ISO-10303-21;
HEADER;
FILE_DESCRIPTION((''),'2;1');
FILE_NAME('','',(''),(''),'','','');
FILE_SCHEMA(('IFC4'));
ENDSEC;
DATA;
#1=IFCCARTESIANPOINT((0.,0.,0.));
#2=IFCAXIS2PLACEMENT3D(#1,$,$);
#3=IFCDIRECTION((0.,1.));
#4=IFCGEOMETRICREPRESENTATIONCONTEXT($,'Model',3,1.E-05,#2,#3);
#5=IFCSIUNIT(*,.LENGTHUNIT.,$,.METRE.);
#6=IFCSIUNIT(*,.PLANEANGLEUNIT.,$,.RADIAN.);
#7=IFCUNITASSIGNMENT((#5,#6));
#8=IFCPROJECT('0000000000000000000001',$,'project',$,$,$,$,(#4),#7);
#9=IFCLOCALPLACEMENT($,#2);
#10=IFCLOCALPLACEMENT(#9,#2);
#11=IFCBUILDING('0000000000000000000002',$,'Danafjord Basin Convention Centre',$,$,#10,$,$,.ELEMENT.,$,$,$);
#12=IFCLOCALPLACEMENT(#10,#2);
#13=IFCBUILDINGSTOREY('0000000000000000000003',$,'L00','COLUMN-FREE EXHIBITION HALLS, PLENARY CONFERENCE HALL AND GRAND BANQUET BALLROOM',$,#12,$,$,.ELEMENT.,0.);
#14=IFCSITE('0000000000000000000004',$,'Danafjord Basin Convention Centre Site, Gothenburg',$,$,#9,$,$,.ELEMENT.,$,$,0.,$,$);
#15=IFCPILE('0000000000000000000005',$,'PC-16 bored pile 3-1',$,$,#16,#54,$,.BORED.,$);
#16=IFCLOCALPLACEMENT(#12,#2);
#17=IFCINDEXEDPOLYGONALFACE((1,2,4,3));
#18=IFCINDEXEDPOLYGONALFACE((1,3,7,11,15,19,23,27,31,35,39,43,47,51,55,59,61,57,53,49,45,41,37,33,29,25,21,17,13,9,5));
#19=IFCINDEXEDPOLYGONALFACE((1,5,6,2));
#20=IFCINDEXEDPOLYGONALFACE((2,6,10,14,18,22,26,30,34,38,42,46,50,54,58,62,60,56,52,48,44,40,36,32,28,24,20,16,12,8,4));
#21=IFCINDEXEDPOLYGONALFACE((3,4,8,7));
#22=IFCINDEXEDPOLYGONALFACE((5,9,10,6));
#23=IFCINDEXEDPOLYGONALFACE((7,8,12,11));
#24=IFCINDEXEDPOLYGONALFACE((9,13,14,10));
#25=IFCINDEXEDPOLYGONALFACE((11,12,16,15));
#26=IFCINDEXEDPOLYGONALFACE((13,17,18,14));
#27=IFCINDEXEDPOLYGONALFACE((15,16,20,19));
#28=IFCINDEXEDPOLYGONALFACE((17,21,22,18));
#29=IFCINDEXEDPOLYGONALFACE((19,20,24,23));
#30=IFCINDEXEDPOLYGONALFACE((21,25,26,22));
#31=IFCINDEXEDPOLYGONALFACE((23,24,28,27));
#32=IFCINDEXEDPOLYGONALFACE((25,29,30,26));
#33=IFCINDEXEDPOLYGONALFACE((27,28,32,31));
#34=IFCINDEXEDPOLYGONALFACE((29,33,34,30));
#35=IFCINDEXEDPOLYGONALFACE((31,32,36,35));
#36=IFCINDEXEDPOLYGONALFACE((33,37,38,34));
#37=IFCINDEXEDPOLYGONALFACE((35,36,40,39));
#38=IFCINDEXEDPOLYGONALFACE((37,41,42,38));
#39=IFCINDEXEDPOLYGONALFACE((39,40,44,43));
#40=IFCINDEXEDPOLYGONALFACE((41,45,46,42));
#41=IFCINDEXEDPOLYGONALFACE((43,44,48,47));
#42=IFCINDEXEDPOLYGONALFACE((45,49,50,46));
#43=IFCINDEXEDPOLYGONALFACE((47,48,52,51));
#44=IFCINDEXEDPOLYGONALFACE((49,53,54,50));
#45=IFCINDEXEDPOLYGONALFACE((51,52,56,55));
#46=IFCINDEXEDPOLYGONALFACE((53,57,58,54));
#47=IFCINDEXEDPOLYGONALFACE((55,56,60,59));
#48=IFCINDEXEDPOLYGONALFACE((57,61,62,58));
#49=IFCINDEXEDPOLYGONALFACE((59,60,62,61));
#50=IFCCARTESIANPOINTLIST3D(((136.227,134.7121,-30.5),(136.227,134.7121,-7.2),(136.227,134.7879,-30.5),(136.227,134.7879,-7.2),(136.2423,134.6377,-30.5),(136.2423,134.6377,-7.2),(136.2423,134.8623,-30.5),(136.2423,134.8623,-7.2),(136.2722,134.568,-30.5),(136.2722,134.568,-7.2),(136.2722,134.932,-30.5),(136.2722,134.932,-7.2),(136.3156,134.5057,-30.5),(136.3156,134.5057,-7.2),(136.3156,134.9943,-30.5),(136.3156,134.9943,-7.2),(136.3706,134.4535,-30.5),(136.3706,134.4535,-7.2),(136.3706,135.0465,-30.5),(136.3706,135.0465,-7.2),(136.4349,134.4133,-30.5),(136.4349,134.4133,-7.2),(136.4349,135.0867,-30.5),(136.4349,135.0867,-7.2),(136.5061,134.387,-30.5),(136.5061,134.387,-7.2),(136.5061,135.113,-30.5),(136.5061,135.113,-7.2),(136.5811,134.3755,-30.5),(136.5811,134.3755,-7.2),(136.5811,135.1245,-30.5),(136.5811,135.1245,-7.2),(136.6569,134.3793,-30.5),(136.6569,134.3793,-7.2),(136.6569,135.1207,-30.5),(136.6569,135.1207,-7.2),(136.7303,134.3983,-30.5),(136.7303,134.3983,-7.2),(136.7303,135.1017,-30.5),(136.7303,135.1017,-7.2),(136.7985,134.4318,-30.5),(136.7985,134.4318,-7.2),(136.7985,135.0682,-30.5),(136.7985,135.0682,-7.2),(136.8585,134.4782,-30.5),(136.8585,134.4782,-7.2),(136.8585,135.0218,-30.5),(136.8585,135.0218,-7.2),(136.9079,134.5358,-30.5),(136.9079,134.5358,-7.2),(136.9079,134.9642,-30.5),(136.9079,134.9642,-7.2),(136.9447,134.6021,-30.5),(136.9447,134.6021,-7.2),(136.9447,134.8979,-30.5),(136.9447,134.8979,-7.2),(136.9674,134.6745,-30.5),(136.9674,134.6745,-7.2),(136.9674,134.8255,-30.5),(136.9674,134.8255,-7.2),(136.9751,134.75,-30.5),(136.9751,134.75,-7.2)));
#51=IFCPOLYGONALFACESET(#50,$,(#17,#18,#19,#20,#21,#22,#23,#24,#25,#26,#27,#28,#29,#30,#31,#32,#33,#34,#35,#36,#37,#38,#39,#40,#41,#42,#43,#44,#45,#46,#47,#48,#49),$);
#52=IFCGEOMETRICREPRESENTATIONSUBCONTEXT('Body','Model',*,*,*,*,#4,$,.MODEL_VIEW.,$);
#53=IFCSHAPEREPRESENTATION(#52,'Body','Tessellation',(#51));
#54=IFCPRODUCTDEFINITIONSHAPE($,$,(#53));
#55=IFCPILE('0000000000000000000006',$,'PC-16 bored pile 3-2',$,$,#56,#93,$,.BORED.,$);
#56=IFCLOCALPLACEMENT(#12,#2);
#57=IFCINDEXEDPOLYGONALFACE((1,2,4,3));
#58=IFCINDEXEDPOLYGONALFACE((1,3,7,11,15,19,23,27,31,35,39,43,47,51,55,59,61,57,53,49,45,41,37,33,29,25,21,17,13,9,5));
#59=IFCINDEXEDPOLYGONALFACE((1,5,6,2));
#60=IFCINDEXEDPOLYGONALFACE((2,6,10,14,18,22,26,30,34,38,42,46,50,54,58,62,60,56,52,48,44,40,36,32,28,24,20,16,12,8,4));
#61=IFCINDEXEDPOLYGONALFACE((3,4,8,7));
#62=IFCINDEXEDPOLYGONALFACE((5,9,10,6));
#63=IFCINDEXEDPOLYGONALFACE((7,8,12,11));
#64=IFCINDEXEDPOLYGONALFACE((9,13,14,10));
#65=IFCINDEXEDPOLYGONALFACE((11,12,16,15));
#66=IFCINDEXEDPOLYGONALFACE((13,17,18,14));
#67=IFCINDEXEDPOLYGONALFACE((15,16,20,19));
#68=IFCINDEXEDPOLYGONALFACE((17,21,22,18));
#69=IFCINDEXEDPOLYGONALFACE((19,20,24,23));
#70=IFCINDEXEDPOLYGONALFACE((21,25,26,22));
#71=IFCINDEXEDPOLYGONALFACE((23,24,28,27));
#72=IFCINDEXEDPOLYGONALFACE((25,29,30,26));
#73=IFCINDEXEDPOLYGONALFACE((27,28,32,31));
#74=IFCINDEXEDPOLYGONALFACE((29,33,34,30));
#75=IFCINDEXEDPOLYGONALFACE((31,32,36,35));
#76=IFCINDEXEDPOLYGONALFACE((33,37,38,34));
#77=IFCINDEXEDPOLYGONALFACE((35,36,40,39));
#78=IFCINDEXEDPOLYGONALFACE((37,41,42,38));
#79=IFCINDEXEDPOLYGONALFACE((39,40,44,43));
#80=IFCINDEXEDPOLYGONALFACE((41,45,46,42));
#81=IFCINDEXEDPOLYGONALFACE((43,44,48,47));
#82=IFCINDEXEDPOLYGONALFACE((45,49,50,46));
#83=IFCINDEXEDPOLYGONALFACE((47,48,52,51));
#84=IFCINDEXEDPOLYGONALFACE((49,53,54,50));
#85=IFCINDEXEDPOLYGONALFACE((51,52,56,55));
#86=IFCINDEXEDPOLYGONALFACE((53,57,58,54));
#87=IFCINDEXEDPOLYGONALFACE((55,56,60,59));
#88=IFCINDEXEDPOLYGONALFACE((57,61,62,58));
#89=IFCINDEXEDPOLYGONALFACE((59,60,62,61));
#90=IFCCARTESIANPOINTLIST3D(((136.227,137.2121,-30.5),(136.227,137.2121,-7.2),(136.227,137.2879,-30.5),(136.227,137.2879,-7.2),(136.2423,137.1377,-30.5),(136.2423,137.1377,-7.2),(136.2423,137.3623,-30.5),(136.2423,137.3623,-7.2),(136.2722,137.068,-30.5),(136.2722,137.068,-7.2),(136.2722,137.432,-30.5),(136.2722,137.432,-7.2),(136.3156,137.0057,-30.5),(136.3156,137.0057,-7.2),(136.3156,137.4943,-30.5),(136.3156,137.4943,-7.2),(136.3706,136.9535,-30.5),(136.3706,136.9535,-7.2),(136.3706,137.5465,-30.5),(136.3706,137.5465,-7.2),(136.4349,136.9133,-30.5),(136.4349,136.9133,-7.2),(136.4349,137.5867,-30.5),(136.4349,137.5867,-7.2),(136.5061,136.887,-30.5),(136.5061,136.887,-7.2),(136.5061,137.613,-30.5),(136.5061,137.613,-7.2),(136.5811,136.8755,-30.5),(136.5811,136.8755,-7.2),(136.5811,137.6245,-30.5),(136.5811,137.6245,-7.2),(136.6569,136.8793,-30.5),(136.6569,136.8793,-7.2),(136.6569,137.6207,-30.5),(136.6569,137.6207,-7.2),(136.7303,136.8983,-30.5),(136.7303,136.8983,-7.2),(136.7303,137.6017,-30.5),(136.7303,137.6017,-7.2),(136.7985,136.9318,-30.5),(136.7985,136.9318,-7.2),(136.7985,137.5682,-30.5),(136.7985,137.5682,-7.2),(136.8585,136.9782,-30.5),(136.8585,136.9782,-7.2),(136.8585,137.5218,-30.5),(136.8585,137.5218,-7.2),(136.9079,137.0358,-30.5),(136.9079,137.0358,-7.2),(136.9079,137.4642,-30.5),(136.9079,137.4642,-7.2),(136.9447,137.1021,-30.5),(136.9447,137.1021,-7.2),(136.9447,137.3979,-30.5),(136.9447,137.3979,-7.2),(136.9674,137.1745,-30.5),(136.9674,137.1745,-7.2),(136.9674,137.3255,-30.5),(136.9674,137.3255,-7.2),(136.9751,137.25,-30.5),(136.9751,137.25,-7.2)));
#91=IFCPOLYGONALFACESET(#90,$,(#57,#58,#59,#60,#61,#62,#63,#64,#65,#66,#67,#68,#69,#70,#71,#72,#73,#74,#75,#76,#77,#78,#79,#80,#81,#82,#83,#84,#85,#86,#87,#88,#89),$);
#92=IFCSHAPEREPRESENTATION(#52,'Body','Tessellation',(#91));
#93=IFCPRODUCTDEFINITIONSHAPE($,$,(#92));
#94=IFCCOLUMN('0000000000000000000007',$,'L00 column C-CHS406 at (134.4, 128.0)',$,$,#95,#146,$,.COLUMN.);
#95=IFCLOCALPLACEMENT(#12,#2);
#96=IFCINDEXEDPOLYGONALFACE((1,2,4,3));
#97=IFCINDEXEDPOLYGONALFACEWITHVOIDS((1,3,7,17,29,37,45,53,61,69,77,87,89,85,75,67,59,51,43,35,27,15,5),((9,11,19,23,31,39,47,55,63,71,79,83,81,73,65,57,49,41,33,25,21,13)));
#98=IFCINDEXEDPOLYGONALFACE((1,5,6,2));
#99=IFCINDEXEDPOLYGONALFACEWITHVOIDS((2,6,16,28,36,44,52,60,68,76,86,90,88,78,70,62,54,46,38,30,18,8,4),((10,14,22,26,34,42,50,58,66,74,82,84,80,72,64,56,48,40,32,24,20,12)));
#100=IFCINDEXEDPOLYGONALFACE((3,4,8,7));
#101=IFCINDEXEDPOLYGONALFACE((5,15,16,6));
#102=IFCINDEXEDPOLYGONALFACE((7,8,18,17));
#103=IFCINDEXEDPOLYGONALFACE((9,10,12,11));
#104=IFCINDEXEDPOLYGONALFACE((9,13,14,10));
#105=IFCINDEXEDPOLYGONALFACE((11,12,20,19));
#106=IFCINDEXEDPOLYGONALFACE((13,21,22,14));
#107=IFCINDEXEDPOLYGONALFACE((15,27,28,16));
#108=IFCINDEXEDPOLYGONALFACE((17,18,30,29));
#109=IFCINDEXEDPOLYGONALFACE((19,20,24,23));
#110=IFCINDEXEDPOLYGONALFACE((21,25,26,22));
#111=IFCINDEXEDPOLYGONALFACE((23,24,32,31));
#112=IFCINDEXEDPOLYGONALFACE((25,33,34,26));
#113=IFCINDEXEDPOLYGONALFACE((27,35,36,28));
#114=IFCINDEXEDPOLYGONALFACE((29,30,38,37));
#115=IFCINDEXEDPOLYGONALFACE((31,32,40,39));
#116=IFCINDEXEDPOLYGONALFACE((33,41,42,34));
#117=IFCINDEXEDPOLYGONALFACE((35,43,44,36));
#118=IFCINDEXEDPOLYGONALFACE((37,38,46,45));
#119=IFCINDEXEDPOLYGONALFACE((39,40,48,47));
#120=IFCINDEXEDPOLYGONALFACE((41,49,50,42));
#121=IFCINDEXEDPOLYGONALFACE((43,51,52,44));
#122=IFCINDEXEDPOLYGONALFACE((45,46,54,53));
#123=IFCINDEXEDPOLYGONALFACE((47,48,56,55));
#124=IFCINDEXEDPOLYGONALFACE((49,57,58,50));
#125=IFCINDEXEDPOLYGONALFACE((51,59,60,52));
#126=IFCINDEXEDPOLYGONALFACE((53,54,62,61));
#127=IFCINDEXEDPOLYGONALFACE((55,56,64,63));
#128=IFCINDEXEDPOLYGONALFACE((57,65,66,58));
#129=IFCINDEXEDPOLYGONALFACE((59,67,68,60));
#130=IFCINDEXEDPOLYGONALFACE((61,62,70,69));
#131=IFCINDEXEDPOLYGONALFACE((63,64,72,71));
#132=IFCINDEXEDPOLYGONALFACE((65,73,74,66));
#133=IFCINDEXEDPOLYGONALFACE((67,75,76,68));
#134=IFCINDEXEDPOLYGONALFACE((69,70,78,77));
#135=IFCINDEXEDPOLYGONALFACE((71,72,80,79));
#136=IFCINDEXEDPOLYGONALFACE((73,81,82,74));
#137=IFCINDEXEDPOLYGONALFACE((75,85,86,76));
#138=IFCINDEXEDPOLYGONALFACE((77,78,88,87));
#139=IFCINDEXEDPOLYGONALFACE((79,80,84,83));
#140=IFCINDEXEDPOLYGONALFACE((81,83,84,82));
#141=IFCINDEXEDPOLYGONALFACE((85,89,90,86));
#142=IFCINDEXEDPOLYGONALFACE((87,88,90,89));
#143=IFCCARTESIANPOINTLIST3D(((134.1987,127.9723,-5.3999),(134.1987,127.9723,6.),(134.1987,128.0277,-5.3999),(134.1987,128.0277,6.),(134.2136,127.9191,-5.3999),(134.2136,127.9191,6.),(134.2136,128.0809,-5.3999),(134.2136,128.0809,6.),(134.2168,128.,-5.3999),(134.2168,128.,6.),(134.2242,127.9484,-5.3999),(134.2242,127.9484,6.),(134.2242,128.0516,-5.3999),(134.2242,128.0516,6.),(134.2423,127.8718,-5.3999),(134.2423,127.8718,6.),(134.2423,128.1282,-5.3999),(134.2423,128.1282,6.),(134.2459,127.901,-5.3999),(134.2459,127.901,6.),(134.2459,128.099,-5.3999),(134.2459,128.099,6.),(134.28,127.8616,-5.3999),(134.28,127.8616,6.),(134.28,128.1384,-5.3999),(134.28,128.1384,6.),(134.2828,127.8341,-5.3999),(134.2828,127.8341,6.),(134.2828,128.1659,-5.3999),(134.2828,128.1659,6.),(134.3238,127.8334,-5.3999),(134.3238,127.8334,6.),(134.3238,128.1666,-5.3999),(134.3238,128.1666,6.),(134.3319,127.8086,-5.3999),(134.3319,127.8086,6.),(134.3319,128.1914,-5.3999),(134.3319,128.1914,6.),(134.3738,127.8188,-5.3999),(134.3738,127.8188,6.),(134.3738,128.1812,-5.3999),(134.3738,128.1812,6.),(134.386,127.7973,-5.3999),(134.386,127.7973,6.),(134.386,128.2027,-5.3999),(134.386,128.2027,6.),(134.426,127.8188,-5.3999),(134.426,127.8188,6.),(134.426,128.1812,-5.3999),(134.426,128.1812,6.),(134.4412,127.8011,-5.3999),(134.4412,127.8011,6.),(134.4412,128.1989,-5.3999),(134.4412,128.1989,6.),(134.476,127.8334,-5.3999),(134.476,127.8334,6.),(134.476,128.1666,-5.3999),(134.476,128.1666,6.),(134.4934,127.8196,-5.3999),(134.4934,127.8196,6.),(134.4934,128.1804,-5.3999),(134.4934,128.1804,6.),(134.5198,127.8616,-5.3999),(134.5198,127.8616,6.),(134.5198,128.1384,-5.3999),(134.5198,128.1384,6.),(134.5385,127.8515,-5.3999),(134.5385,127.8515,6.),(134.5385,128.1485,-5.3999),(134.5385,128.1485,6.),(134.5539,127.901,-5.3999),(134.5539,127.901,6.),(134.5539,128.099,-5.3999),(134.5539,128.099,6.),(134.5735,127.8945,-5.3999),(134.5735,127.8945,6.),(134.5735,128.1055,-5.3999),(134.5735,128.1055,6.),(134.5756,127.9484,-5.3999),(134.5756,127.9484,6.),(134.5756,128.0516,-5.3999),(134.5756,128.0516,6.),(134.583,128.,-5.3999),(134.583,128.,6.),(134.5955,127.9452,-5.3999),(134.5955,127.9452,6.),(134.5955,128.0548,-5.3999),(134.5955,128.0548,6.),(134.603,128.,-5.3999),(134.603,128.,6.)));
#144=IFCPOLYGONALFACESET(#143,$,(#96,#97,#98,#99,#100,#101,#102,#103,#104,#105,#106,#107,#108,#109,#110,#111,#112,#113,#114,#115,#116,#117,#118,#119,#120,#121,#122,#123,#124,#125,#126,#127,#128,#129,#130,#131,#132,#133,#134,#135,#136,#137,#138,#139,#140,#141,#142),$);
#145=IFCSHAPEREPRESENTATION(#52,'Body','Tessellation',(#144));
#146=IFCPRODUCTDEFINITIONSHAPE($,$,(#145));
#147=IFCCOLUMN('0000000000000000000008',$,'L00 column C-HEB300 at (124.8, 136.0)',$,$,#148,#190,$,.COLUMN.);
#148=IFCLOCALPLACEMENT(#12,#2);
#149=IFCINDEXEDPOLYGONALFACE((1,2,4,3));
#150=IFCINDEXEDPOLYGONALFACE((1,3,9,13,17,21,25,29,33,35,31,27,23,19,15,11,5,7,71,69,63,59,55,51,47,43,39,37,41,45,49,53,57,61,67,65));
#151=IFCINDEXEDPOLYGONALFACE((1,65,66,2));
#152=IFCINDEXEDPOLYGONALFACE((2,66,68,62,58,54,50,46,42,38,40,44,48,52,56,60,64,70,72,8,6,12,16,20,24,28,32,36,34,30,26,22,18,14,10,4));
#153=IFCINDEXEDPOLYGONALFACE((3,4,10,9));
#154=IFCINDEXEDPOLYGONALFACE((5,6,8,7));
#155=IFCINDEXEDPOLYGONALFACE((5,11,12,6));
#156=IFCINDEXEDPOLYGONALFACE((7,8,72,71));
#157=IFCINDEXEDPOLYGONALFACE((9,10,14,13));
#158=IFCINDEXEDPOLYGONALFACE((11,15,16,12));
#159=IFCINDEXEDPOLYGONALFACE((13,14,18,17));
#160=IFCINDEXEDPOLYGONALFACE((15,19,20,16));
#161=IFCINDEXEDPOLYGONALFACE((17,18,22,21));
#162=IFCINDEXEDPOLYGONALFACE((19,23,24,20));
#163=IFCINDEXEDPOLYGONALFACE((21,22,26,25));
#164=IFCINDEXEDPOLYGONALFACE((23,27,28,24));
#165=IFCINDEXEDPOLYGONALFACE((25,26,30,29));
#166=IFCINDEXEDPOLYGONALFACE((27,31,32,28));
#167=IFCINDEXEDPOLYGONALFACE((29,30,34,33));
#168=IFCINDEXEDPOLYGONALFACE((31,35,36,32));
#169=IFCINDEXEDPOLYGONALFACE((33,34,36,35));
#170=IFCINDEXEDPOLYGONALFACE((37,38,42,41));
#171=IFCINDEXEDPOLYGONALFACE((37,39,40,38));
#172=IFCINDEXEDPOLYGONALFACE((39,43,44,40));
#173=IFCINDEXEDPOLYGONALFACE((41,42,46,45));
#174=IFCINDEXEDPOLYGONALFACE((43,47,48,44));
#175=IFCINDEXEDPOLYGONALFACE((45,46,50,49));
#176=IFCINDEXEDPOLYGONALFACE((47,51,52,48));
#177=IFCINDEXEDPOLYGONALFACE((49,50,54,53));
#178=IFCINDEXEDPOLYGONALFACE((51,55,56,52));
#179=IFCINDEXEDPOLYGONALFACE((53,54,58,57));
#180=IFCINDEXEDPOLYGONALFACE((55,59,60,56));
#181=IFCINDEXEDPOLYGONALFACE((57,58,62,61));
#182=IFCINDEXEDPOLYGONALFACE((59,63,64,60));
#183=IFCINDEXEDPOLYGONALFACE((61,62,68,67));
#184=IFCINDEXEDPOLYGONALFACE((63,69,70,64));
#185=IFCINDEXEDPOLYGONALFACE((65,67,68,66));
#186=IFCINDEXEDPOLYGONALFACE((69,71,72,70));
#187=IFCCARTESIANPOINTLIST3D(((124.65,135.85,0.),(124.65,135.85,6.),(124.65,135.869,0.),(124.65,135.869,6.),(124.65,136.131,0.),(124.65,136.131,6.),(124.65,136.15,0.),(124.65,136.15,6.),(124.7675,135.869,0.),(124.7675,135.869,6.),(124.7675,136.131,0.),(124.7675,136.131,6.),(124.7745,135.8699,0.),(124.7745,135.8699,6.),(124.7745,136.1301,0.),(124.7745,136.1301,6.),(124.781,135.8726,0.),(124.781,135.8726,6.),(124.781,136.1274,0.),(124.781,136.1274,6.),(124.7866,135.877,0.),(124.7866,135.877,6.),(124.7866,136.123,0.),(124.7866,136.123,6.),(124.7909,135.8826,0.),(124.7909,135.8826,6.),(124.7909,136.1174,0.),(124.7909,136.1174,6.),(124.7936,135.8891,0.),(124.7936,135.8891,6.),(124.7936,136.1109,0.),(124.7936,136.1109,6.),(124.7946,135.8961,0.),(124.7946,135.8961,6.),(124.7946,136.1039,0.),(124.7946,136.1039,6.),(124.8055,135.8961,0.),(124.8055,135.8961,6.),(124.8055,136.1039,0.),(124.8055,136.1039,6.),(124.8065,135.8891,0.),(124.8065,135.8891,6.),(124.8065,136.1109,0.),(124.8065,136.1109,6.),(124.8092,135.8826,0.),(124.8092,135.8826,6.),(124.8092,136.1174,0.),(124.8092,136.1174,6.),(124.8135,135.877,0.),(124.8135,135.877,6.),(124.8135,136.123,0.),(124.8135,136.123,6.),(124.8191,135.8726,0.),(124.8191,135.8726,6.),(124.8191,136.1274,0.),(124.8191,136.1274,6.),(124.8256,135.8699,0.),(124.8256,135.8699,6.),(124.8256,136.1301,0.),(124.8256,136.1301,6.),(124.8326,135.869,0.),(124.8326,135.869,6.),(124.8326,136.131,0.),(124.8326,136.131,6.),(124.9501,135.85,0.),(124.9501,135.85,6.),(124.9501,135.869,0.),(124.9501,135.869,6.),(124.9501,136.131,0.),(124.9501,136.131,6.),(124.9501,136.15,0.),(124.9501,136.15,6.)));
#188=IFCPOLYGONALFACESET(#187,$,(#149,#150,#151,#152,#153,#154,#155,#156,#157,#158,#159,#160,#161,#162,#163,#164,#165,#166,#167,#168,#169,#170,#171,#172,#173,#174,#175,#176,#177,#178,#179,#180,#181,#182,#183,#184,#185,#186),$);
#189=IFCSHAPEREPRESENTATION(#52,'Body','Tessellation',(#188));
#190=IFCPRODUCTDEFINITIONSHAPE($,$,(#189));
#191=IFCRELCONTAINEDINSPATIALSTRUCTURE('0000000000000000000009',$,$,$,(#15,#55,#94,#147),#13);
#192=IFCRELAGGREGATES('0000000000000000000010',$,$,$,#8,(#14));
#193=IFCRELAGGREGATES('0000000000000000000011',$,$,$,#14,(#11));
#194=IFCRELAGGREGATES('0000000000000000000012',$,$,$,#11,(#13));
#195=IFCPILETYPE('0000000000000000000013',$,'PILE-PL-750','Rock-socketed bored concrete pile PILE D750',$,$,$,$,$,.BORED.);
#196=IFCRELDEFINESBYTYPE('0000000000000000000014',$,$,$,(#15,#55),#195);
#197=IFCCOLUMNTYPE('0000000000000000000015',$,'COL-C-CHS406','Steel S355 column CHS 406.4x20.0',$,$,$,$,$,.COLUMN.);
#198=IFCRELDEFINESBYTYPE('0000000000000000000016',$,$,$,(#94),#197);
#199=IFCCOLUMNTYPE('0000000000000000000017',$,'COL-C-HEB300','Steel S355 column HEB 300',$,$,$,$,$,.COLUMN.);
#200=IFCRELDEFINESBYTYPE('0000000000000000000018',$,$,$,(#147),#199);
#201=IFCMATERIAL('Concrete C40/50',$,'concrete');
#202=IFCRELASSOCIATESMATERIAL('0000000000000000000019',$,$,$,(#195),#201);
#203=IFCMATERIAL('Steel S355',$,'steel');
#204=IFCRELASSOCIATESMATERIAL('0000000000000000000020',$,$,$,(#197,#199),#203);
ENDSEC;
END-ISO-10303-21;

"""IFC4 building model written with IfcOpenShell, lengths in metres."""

from ifc_helpers import new_model, si_unit, direction, frame, origin, origin_2d, place, context, subcontext, project, spatial, circle, hollow_circle, i_section, extrude, material, material_profile, profile_set, type_object, element, save


model = new_model("IFC4")

# Units and contexts
model_context = context("Model", 3, precision=1e-05, world=origin(), true_north=direction((0.0, 1.0)))
body_context = subcontext(model_context, "Body", "Model", "MODEL_VIEW")
ifc_project = project(units=[si_unit("LENGTHUNIT", "METRE"), si_unit("PLANEANGLEUNIT", "RADIAN")], contexts=[model_context])

# Site, building, storey
site_placement = place(None, origin())
site = spatial("IfcSite", under=ifc_project, at=site_placement, Name="Danafjord Basin Convention Centre Site, Gothenburg", CompositionType="ELEMENT", RefElevation=0.0)
building_placement = place(site_placement, origin())
building = spatial("IfcBuilding", under=site, at=building_placement, Name="Danafjord Basin Convention Centre", CompositionType="ELEMENT")
storey_placement = place(building_placement, origin())
storey = spatial("IfcBuildingStorey", under=building, at=storey_placement, Name="L00", Description="COLUMN-FREE EXHIBITION HALLS, PLENARY CONFERENCE HALL AND GRAND BANQUET BALLROOM", CompositionType="ELEMENT", Elevation=0.0)

# Shared definitions
ifc_material_1 = material(Name="Concrete C40/50", Category="concrete")

# Piles
ifc_material_profile_1 = material_profile(ifc_material_1, circle(Radius=0.375, at=origin_2d()), Name="PILE D750")
ifc_profile_set_1 = profile_set([ifc_material_profile_1], Name="Concrete C40/50")
pile_type_1 = type_object("IfcPileType", Name="PILE-PL-750", Description="Rock-socketed bored concrete pile PILE D750", PredefinedType="BORED", material=ifc_profile_set_1)
for number, where, z_axis, x_axis, name in (
    (1, (136.6001, 134.75, -7.2), (0.0, 0.0, -1.0), (1.0, 0.0, 0.0), "PC-16 bored pile 3-1"),
    (2, (136.6001, 137.25, -7.2), (0.0, 0.0, -1.0), (1.0, 0.0, 0.0), "PC-16 bored pile 3-2"),
):
    element("IfcPile", number, at=place(storey_placement, frame(where, z_axis=z_axis, x_axis=x_axis)), inside=storey, type_object=pile_type_1, Name=name, PredefinedType="BORED", context=body_context, shape_type="SweptSolid", body=[
        extrude(circle(Radius=0.375, at=origin_2d()), origin(), (0.0, 0.0, 1.0), 23.3),
    ])

# Columns
ifc_material_2 = material(Name="Steel S355", Category="steel")
ifc_material_profile_2 = material_profile(ifc_material_2, hollow_circle(Radius=0.2031, WallThickness=0.02, at=origin_2d()), Name="CHS 406.4x20.0")
ifc_profile_set_2 = profile_set([ifc_material_profile_2], Name="Steel S355")
column_type_1 = type_object("IfcColumnType", Name="COL-C-CHS406", Description="Steel S355 column CHS 406.4x20.0", PredefinedType="COLUMN", material=ifc_profile_set_2)
column_1_placement = place(storey_placement, frame((134.3999, 128.0, -5.3999), z_axis=(0.0, 0.0, 1.0), x_axis=(1.0, 0.0, 0.0)))
element("IfcColumn", 3, at=column_1_placement, inside=storey, type_object=column_type_1, Name="L00 column C-CHS406 at (134.4, 128.0)", PredefinedType="COLUMN", context=body_context, shape_type="SweptSolid", body=[
    extrude(hollow_circle(Radius=0.2031, WallThickness=0.02, at=origin_2d()), origin(), (0.0, 0.0, 1.0), 11.3999),
])
ifc_material_profile_3 = material_profile(ifc_material_2, i_section(OverallWidth=0.3, OverallDepth=0.3, WebThickness=0.011, FlangeThickness=0.019, FilletRadius=0.0271, at=origin_2d()), Name="HEB 300")
ifc_profile_set_3 = profile_set([ifc_material_profile_3], Name="Steel S355")
column_type_2 = type_object("IfcColumnType", Name="COL-C-HEB300", Description="Steel S355 column HEB 300", PredefinedType="COLUMN", material=ifc_profile_set_3)
column_2_placement = place(storey_placement, frame((124.8, 136.0, 0.0), z_axis=(0.0, 0.0, 1.0), x_axis=(1.0, 0.0, 0.0)))
element("IfcColumn", 4, at=column_2_placement, inside=storey, type_object=column_type_2, Name="L00 column C-HEB300 at (124.8, 136.0)", PredefinedType="COLUMN", context=body_context, shape_type="SweptSolid", body=[
    extrude(i_section(OverallWidth=0.3, OverallDepth=0.3, WebThickness=0.011, FlangeThickness=0.019, FilletRadius=0.0271, at=origin_2d()), origin(), (0.0, 0.0, 1.0), 6.0),
])

save(model, "model.ifc")
